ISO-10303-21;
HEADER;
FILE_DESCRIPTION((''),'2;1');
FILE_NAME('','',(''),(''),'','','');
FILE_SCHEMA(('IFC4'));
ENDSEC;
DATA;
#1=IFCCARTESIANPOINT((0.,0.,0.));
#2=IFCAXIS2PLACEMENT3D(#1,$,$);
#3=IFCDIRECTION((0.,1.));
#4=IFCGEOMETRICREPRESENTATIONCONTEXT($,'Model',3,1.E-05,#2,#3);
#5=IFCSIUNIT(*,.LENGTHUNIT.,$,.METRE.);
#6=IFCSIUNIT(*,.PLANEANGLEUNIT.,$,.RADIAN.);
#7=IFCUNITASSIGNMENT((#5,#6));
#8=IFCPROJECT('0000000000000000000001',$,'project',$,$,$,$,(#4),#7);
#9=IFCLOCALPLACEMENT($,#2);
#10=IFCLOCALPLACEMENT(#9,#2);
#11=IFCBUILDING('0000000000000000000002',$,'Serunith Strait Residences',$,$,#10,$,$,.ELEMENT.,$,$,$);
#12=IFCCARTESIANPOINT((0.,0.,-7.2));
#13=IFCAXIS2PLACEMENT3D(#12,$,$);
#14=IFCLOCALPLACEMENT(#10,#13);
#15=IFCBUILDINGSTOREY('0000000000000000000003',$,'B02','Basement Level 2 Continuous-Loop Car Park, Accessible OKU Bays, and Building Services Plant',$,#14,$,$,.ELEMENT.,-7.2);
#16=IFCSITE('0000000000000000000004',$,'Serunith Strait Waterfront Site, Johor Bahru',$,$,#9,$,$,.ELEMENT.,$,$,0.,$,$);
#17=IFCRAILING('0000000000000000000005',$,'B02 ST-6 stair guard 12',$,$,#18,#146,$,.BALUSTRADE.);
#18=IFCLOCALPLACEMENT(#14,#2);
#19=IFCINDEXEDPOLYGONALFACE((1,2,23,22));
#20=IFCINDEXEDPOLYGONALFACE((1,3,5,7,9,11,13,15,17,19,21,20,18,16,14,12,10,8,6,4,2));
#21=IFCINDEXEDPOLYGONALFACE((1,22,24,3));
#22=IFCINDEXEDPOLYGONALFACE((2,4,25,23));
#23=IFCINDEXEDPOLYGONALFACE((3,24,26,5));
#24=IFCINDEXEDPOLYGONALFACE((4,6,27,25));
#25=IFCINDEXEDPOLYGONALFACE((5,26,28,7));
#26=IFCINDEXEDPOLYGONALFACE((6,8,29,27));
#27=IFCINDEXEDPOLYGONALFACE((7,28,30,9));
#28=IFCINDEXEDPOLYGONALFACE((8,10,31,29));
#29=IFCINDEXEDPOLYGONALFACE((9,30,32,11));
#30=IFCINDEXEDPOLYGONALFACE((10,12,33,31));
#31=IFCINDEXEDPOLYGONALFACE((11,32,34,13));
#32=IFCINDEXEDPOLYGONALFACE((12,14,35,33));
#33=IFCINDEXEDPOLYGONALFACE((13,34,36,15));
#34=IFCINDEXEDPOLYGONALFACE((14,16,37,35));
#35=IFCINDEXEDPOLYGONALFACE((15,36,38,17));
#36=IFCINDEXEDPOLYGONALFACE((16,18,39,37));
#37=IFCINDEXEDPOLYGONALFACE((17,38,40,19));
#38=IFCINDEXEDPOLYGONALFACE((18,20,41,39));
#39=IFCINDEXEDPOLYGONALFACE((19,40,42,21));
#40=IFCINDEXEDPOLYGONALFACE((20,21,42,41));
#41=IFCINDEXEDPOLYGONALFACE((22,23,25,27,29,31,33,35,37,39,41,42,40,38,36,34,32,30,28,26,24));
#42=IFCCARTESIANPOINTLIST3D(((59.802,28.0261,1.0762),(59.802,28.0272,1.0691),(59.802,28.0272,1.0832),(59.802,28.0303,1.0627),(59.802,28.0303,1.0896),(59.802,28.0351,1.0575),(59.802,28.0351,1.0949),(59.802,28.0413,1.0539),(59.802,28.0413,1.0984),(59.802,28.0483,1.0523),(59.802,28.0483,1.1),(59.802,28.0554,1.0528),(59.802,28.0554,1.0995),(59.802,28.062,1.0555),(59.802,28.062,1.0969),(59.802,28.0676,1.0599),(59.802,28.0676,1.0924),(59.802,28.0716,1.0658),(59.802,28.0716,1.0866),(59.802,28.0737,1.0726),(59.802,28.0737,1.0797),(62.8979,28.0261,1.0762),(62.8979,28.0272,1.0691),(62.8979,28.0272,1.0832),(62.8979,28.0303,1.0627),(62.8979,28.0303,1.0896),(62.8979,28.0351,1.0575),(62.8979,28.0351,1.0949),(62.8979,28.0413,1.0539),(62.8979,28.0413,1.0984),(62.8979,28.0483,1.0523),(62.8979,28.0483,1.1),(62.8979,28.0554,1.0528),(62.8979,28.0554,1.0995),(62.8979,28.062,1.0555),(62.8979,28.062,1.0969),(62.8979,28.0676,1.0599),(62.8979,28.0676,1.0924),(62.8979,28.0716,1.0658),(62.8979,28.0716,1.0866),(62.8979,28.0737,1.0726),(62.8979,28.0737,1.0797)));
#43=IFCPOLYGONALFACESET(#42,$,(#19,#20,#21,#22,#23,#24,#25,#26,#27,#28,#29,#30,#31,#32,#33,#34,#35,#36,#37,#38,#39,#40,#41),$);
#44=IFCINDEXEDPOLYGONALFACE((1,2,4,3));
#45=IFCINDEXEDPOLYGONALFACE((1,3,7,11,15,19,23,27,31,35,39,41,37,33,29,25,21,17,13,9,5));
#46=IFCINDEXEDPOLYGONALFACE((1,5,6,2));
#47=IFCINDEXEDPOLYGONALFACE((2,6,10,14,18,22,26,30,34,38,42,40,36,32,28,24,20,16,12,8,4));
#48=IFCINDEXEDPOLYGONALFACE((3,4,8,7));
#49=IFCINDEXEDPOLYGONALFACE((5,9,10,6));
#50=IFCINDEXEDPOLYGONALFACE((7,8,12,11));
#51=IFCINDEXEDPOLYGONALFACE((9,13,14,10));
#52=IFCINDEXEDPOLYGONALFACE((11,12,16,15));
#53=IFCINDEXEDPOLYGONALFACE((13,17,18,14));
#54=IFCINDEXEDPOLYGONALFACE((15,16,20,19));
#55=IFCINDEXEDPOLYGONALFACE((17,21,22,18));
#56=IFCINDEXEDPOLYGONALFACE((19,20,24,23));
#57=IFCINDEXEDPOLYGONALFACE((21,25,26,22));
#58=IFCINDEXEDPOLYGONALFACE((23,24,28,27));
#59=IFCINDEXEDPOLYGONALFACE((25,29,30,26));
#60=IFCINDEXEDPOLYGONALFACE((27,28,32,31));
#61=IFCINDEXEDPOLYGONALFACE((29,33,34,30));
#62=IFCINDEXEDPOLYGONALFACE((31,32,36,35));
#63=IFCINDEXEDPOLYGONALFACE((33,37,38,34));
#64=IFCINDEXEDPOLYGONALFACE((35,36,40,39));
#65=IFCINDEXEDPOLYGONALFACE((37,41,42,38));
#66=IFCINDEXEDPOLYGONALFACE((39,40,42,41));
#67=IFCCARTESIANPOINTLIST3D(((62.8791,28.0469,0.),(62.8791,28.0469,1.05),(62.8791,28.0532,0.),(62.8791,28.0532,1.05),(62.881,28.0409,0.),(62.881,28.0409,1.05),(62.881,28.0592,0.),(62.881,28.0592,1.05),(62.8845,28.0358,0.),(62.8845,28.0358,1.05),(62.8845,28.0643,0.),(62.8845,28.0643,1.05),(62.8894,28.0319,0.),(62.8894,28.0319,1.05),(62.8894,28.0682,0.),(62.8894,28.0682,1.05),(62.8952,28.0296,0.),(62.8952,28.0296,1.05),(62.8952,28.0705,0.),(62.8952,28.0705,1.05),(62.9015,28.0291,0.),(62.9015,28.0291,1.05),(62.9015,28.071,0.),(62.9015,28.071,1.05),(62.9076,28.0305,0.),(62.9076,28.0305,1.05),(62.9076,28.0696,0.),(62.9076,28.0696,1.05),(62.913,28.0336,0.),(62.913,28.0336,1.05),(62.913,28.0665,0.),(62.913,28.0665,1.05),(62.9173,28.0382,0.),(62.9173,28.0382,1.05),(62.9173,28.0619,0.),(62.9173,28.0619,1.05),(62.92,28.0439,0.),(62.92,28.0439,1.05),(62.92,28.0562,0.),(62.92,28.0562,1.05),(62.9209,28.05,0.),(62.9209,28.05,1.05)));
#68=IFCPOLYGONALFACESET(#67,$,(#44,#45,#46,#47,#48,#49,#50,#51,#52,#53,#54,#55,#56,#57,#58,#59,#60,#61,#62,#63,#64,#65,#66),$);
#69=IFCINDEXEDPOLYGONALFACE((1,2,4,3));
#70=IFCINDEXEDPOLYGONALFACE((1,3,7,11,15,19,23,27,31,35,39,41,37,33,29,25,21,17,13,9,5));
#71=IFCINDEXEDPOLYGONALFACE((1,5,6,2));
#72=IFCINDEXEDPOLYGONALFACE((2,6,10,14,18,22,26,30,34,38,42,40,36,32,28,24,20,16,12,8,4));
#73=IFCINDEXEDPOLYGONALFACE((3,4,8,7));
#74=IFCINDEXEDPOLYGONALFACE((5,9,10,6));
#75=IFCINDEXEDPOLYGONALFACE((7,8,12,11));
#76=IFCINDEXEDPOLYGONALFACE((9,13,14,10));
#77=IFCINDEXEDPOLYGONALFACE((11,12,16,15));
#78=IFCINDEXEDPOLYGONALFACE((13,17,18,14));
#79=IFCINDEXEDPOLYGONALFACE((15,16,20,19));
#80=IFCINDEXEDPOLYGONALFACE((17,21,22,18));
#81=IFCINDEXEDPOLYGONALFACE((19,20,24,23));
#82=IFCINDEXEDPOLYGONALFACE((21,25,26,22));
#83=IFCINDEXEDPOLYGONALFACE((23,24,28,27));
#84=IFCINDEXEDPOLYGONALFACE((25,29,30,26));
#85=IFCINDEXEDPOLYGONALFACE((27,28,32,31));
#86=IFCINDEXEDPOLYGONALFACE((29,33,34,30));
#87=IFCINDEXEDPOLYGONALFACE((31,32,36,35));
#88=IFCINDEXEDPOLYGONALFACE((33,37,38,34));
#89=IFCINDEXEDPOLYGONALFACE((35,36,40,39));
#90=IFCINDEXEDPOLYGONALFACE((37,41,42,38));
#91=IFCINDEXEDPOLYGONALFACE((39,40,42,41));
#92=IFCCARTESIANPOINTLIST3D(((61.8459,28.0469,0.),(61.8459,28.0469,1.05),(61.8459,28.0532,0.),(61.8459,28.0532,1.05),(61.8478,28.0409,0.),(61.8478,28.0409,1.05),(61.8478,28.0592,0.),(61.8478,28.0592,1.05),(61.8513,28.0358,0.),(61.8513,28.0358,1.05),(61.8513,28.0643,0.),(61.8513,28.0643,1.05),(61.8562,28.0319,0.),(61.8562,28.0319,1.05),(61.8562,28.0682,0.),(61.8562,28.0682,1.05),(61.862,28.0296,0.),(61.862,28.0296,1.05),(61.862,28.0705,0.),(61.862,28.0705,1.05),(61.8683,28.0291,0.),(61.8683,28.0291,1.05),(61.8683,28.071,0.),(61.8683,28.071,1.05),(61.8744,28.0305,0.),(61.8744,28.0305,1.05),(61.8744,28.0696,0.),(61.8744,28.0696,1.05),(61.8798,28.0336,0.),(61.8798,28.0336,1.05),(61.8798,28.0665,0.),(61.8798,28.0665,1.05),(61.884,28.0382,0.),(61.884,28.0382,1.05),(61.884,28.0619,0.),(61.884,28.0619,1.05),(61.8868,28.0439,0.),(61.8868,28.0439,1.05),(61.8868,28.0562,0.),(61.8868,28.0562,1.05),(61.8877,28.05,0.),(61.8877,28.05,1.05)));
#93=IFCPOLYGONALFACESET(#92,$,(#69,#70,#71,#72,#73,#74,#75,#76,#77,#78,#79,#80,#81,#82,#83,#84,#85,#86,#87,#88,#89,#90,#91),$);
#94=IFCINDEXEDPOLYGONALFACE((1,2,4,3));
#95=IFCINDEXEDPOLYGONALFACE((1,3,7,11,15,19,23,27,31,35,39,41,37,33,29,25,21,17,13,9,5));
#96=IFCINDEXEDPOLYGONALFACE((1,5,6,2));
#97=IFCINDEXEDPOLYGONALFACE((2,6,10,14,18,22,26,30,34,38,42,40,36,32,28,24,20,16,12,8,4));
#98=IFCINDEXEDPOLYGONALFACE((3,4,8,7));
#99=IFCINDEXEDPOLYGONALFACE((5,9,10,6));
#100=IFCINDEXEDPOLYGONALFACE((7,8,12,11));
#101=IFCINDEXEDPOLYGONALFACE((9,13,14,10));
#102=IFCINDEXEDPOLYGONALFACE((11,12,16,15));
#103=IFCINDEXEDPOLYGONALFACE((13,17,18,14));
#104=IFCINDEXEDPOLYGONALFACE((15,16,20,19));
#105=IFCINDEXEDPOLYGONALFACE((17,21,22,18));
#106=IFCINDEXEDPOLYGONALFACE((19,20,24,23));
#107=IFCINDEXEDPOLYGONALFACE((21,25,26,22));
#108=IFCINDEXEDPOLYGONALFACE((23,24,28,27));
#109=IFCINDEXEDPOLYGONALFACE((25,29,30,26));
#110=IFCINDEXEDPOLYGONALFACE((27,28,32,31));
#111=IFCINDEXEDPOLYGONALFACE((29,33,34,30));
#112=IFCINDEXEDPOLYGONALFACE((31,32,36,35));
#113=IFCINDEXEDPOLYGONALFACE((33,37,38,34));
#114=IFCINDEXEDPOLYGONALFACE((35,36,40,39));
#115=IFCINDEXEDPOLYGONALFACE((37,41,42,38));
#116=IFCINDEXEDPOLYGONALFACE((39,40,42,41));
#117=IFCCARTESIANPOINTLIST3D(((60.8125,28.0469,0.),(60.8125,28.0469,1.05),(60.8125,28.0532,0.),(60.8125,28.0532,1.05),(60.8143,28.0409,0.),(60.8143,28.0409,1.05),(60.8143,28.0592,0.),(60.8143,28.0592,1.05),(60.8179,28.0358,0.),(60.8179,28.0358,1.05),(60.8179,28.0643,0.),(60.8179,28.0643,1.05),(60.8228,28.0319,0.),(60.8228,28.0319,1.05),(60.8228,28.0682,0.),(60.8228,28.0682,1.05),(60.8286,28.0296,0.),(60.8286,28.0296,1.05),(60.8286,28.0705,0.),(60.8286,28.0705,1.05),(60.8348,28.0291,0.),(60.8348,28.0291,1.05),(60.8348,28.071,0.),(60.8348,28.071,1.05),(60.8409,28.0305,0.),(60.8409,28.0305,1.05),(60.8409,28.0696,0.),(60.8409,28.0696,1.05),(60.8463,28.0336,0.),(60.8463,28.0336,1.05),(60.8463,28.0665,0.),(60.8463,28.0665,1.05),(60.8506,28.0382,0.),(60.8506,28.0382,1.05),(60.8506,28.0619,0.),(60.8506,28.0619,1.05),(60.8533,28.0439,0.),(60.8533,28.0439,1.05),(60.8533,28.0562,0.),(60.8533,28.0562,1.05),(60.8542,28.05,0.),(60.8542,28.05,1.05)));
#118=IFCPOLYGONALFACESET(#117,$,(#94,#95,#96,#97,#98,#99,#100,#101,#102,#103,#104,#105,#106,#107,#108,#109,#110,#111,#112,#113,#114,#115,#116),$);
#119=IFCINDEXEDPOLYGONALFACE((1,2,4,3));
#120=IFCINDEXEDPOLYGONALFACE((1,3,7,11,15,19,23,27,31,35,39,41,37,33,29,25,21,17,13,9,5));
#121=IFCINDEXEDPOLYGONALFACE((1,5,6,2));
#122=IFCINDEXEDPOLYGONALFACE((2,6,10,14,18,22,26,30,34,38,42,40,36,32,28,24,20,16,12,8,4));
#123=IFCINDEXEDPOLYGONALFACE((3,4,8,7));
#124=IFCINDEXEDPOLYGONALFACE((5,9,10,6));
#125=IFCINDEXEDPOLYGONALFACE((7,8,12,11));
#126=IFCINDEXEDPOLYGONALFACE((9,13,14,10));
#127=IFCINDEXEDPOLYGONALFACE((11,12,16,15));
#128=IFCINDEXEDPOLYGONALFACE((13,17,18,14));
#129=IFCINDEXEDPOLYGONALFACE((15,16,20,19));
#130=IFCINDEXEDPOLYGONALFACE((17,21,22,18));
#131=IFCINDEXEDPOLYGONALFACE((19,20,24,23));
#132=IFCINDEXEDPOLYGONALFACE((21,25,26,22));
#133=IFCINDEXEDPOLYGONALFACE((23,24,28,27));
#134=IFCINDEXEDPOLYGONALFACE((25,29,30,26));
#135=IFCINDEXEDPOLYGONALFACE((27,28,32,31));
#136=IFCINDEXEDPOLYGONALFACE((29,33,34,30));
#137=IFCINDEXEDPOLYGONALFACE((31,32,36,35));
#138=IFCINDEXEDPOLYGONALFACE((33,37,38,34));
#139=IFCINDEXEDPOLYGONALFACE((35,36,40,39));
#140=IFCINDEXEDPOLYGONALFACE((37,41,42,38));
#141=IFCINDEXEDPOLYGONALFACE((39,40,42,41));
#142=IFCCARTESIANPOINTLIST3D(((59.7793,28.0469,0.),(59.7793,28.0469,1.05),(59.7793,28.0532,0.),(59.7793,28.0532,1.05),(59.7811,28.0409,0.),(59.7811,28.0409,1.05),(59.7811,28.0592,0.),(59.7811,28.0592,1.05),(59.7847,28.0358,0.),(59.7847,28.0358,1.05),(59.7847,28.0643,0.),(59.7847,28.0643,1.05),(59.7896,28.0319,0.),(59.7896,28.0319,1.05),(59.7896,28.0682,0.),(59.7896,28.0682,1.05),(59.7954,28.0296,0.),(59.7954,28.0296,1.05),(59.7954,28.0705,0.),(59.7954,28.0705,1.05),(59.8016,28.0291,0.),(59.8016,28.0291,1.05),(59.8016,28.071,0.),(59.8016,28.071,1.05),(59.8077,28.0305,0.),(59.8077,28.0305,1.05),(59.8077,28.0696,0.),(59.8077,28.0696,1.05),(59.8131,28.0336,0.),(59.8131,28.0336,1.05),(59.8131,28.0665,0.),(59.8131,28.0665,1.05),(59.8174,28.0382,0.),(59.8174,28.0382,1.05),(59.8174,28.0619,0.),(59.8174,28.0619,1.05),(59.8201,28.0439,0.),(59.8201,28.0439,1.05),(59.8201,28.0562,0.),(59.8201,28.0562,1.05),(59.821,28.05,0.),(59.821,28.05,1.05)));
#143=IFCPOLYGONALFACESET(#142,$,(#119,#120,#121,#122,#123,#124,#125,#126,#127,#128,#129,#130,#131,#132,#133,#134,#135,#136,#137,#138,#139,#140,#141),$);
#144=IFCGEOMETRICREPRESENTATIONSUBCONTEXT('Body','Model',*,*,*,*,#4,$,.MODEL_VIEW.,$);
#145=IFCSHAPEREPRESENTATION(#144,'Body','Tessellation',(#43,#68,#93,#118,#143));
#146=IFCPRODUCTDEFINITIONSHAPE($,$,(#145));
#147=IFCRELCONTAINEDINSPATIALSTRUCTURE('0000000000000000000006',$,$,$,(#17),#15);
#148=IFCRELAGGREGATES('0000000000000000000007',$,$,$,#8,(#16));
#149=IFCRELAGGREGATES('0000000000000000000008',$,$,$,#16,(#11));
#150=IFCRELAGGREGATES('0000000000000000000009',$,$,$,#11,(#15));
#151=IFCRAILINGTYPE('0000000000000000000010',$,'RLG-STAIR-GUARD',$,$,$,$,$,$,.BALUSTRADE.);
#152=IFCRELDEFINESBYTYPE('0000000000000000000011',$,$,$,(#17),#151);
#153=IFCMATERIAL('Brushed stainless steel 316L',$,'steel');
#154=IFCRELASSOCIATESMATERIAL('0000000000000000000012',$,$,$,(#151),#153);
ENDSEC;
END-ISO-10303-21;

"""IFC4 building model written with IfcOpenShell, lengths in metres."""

from ifc_helpers import new_model, si_unit, direction, frame, origin, origin_2d, place, context, subcontext, project, spatial, circle, extrude, material, type_object, element, save


model = new_model("IFC4")

# Units and contexts
model_context = context("Model", 3, precision=1e-05, world=origin(), true_north=direction((0.0, 1.0)))
body_context = subcontext(model_context, "Body", "Model", "MODEL_VIEW")
ifc_project = project(units=[si_unit("LENGTHUNIT", "METRE"), si_unit("PLANEANGLEUNIT", "RADIAN")], contexts=[model_context])

# Site, building, storey
site_placement = place(None, origin())
site = spatial("IfcSite", under=ifc_project, at=site_placement, Name="Serunith Strait Waterfront Site, Johor Bahru", CompositionType="ELEMENT", RefElevation=0.0)
building_placement = place(site_placement, origin())
building = spatial("IfcBuilding", under=site, at=building_placement, Name="Serunith Strait Residences", CompositionType="ELEMENT")
storey_placement = place(building_placement, frame((0.0, 0.0, -7.2)))
storey = spatial("IfcBuildingStorey", under=building, at=storey_placement, Name="B02", Description="Basement Level 2 Continuous-Loop Car Park, Accessible OKU Bays, and Building Services Plant", CompositionType="ELEMENT", Elevation=-7.2)

# Railing
ifc_material_1 = material(Name="Brushed stainless steel 316L", Category="steel")
railing_type_1 = type_object("IfcRailingType", Name="RLG-STAIR-GUARD", PredefinedType="BALUSTRADE", material=ifc_material_1)
railing_1_placement = place(storey_placement, frame((62.8999, 28.05, 0.0)))
element("IfcRailing", 1, at=railing_1_placement, inside=storey, type_object=railing_type_1, Name="B02 ST-6 stair guard 12", PredefinedType="BALUSTRADE", context=body_context, shape_type="SweptSolid", body=[
    extrude(circle(Radius=0.0239, at=origin_2d()), frame((-0.002, 0.0, 1.0762), z_axis=(-1.0, 0.0, 0.0), x_axis=(0.0, -1.0, 0.0)), (0.0, 0.0, 1.0), 3.0959),
    extrude(circle(Radius=0.021, at=origin_2d()), origin(), (0.0, 0.0, 1.0), 1.05),
    extrude(circle(Radius=0.021, at=origin_2d()), frame((-1.0332, 0.0, 0.0)), (0.0, 0.0, 1.0), 1.05),
    extrude(circle(Radius=0.021, at=origin_2d()), frame((-2.0667, 0.0, 0.0)), (0.0, 0.0, 1.0), 1.05),
    extrude(circle(Radius=0.021, at=origin_2d()), frame((-3.0999, 0.0, 0.0)), (0.0, 0.0, 1.0), 1.05),
])

save(model, "model.ifc")
